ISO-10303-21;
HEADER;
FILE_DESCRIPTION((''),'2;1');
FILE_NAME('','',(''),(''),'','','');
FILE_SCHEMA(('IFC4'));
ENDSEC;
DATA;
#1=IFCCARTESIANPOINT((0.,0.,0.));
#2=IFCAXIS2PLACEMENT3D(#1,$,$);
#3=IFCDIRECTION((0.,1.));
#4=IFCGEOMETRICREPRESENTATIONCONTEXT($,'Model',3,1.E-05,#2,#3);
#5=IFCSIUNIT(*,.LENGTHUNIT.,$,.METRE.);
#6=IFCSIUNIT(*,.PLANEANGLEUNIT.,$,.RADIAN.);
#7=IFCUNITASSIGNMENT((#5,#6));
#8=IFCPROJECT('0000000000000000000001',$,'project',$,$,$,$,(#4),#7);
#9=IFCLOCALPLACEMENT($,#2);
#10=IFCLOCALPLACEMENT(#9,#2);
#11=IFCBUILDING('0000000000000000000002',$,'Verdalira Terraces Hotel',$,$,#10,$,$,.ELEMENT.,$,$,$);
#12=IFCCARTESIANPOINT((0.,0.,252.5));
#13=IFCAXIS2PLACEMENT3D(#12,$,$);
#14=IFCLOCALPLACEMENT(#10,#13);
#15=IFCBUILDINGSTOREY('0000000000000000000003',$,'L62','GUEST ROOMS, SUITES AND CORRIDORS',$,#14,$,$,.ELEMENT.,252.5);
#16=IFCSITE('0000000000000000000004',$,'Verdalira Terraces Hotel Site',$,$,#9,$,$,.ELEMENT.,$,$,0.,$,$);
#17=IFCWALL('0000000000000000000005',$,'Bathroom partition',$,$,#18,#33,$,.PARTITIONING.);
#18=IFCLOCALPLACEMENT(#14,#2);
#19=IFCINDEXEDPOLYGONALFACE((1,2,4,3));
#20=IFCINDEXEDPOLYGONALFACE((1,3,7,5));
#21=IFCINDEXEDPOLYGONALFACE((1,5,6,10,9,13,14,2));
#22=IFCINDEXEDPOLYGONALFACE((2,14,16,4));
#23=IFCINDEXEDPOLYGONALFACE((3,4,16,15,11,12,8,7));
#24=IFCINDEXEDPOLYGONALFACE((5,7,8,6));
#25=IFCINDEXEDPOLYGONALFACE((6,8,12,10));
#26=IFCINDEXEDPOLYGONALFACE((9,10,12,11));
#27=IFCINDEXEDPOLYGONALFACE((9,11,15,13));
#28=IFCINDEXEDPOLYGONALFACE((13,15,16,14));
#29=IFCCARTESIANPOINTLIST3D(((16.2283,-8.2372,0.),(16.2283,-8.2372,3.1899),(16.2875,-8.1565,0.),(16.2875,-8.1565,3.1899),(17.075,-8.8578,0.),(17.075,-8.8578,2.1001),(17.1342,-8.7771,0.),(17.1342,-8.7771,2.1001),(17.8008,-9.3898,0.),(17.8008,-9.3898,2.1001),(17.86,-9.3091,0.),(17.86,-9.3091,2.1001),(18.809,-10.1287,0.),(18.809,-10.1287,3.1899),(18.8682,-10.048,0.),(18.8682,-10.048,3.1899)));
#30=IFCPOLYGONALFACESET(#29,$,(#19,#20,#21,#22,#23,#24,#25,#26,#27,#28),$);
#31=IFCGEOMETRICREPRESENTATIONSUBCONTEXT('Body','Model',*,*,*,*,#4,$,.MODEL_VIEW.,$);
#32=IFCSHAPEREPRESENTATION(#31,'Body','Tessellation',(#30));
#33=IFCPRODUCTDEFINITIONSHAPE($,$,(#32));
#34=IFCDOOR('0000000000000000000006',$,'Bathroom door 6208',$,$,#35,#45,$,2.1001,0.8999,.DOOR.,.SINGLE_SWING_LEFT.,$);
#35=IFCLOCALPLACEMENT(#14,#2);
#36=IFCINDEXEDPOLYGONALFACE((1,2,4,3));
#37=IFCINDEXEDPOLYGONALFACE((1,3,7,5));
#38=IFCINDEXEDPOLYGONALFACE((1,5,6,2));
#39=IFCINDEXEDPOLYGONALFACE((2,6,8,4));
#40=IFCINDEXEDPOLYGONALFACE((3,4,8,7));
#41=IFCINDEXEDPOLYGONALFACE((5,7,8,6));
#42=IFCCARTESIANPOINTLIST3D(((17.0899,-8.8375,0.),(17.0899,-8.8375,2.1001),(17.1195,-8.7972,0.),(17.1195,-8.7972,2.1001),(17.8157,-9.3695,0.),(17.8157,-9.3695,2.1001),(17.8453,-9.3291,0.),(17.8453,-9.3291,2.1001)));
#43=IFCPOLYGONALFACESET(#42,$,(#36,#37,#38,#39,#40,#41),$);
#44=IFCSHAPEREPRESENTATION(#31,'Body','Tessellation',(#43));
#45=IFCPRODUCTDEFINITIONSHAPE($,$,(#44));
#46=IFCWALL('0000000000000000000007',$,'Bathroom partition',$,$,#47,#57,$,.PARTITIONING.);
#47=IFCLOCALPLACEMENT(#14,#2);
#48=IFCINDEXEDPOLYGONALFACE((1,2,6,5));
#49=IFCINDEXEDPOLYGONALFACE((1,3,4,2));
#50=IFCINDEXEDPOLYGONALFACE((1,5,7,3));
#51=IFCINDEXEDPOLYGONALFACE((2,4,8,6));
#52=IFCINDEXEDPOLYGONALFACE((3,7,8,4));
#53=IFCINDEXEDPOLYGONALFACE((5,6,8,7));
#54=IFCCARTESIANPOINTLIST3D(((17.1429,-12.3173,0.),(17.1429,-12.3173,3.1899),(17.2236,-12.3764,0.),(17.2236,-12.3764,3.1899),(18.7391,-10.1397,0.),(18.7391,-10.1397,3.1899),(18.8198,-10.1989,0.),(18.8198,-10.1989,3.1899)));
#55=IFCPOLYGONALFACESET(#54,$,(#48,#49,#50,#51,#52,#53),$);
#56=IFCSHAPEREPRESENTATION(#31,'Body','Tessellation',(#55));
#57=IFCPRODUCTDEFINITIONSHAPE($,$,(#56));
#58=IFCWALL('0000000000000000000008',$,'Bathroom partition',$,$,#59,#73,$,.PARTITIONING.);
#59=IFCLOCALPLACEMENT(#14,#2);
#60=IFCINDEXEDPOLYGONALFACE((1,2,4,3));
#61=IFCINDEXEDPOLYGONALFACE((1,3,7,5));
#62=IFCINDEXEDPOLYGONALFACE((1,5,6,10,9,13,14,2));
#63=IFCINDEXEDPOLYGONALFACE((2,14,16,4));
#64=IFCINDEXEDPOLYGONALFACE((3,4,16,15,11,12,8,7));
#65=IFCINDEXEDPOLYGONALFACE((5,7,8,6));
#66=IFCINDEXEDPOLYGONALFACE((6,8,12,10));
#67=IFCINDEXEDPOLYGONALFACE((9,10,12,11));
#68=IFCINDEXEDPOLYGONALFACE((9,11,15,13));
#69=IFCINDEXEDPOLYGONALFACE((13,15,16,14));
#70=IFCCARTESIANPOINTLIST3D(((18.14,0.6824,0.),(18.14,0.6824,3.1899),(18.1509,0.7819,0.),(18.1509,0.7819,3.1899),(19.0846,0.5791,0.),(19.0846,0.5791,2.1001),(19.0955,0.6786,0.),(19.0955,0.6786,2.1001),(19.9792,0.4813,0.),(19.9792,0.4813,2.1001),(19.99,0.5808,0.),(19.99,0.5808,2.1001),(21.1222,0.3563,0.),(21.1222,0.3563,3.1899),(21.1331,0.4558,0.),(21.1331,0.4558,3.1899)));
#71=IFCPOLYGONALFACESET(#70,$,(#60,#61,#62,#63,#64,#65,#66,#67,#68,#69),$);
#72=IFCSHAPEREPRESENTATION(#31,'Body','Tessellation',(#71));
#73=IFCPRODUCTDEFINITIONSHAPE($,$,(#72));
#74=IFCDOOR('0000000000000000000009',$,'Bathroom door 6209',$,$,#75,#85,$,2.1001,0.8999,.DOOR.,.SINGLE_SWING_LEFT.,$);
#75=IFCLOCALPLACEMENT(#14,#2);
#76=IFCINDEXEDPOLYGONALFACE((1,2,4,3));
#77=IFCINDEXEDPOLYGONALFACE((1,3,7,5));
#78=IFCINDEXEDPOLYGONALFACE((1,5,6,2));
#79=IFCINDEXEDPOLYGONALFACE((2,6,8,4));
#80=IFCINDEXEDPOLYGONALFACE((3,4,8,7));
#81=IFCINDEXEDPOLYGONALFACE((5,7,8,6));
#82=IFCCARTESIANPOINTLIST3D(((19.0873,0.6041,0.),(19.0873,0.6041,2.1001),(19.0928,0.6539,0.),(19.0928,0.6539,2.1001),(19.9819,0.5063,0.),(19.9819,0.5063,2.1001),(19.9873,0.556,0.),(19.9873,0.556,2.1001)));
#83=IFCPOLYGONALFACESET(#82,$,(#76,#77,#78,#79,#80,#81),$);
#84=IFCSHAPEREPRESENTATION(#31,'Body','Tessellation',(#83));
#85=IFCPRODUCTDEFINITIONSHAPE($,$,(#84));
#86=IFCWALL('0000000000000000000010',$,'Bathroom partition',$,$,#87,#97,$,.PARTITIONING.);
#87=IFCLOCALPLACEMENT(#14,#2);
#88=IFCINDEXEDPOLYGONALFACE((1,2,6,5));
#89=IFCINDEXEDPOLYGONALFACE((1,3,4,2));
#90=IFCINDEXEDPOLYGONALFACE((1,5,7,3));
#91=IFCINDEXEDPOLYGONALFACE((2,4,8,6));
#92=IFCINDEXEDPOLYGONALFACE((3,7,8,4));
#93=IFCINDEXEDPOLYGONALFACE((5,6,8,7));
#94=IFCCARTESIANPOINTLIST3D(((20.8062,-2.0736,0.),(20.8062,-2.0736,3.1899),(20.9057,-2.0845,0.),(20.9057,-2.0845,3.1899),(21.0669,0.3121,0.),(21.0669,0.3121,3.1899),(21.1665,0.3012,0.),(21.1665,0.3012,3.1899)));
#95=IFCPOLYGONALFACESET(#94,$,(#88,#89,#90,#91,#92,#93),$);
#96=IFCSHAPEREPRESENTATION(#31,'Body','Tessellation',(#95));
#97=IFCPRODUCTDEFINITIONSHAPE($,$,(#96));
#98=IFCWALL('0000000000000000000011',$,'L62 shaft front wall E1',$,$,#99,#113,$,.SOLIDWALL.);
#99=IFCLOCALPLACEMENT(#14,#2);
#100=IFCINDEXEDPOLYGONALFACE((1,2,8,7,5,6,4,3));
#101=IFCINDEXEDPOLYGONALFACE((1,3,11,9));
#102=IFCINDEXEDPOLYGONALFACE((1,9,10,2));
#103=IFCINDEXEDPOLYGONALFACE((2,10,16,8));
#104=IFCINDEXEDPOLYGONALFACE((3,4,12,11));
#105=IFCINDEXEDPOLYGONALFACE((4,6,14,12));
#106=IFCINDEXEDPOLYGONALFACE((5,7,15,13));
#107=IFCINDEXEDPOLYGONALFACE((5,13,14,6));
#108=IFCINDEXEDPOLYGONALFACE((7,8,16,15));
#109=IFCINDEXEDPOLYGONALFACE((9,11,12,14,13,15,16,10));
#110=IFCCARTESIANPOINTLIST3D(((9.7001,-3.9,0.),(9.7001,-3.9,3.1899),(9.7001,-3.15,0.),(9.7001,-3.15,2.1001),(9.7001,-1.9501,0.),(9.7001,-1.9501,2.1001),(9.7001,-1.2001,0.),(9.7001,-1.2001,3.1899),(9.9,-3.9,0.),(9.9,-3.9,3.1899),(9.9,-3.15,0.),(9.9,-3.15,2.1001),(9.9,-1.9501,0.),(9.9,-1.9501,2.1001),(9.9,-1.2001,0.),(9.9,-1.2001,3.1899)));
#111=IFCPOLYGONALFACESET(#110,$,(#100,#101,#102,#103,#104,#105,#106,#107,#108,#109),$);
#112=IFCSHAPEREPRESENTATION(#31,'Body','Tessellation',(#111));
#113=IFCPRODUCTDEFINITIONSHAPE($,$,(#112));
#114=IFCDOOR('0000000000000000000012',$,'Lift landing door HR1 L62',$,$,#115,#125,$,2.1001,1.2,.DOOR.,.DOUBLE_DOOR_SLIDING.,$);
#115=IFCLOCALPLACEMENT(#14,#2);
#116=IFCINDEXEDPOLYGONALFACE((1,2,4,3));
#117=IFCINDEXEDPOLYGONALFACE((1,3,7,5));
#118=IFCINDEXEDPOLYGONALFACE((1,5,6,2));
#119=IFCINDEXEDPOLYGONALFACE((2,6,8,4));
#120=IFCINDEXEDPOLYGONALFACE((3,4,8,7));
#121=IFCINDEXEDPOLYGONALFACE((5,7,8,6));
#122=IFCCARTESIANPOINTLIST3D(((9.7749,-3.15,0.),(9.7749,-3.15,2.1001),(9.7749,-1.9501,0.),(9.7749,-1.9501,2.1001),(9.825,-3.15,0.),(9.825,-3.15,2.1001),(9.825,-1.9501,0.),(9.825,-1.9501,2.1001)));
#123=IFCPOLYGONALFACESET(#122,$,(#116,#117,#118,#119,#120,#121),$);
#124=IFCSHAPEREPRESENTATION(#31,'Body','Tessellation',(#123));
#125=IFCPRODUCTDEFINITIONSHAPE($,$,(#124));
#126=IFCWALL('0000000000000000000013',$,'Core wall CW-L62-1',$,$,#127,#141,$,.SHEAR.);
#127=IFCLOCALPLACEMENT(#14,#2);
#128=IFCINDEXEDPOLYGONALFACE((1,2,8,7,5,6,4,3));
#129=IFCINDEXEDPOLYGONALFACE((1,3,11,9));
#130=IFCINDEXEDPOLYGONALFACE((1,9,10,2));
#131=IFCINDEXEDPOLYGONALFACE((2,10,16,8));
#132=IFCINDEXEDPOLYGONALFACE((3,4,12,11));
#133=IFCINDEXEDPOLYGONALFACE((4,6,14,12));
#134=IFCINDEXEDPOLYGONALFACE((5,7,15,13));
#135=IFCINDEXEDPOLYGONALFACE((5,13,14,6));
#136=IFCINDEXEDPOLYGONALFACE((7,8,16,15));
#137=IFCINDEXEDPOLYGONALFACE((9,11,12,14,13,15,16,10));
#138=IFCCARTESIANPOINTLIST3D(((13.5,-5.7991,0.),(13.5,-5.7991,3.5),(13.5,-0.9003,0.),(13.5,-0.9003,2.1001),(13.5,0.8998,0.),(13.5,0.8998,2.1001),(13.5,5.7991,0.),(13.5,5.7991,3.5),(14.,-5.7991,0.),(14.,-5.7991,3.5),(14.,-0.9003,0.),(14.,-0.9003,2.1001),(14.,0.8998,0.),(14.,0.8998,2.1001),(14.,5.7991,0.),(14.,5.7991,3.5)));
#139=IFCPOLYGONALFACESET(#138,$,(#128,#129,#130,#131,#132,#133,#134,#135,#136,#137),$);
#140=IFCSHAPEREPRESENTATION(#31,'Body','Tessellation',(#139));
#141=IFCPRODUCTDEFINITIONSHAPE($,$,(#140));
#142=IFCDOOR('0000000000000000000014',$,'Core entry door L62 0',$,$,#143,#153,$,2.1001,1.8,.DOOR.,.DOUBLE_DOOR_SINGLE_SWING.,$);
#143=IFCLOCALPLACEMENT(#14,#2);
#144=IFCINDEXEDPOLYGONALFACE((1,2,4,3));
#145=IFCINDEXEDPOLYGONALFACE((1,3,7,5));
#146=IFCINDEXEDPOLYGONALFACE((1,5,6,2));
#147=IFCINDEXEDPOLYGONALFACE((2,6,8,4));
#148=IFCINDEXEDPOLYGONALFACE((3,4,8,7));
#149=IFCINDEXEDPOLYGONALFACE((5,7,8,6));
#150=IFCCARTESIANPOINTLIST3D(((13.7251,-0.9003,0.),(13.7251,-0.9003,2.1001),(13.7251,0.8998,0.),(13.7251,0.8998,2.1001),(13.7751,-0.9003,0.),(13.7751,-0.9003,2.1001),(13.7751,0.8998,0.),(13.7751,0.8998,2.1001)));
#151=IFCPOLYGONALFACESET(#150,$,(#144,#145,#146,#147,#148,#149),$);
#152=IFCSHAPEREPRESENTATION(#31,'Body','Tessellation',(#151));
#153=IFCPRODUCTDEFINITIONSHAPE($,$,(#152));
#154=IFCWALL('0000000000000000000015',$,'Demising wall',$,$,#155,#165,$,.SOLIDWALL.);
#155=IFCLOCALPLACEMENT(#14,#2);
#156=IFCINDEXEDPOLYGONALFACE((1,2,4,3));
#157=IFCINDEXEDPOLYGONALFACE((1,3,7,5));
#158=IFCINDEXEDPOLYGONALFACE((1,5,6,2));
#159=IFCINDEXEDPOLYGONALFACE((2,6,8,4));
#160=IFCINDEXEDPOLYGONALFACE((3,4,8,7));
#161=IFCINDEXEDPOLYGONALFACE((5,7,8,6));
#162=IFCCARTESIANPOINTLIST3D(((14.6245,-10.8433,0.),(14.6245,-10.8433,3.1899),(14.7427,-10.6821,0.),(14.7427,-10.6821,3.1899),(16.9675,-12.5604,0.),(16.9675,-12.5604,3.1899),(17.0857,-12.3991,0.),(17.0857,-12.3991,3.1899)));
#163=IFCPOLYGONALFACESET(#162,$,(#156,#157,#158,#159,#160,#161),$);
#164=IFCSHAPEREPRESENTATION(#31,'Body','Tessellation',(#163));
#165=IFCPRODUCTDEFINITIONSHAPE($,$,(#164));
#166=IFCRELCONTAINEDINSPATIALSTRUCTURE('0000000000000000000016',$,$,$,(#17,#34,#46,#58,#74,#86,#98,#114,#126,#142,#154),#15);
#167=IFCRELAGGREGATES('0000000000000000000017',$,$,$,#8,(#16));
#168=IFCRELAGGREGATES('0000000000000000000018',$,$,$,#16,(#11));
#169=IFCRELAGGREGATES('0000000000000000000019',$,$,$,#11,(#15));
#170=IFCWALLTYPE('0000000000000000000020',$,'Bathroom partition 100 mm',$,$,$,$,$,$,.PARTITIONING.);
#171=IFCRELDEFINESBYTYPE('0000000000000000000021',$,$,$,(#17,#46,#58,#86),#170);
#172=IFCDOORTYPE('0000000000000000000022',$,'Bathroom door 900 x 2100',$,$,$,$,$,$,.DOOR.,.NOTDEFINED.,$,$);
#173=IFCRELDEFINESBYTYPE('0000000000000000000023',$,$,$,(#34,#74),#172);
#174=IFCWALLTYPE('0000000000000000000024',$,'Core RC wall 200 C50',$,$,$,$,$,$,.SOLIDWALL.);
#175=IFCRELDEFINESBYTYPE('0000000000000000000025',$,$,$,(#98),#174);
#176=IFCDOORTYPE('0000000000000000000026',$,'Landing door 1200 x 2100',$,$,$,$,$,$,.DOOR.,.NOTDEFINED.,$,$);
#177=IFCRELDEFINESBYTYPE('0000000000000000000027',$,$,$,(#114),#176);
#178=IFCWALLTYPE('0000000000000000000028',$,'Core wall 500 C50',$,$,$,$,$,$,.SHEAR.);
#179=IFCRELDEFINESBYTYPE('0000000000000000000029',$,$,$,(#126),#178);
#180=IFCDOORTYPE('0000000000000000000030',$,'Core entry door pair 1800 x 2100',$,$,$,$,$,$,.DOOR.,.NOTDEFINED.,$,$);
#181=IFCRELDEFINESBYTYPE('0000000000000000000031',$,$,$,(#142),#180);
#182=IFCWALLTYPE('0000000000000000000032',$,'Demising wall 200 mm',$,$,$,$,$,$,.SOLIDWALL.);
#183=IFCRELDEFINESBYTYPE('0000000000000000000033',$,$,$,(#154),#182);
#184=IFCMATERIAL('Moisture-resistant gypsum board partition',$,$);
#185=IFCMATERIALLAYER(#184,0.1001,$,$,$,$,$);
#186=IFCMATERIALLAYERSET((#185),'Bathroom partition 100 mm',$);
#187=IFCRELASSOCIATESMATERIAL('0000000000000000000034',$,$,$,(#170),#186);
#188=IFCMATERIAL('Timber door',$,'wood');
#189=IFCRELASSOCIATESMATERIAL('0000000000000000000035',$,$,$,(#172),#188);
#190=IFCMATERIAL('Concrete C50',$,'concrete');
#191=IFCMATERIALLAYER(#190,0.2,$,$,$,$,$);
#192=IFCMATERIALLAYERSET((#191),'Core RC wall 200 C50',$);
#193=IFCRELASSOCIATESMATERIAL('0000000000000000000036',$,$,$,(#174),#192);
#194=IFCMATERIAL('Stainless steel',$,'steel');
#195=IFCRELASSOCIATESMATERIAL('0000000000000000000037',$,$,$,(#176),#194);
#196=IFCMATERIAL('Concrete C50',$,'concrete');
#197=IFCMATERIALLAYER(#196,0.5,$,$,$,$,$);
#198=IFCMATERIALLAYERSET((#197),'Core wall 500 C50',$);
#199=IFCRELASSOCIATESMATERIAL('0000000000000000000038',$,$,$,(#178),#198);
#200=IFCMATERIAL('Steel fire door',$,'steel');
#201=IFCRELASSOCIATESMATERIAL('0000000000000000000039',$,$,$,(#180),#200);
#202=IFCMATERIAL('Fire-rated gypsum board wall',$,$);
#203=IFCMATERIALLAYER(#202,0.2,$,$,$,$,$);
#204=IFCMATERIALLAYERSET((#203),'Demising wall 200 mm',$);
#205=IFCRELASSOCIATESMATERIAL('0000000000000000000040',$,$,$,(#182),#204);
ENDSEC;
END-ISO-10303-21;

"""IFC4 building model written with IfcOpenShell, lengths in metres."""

from ifc_helpers import new_model, si_unit, direction, frame, frame_2d, origin, place, context, subcontext, project, spatial, rectangle, extrude, material, layer, layer_set, type_object, element, fill, save


model = new_model("IFC4")

# Units and contexts
model_context = context("Model", 3, precision=1e-05, world=origin(), true_north=direction((0.0, 1.0)))
body_context = subcontext(model_context, "Body", "Model", "MODEL_VIEW")
ifc_project = project(units=[si_unit("LENGTHUNIT", "METRE"), si_unit("PLANEANGLEUNIT", "RADIAN")], contexts=[model_context])

# Site, building, storey
site_placement = place(None, origin())
site = spatial("IfcSite", under=ifc_project, at=site_placement, Name="Verdalira Terraces Hotel Site", CompositionType="ELEMENT", RefElevation=0.0)
building_placement = place(site_placement, origin())
building = spatial("IfcBuilding", under=site, at=building_placement, Name="Verdalira Terraces Hotel", CompositionType="ELEMENT")
storey_placement = place(building_placement, frame((0.0, 0.0, 252.5)))
storey = spatial("IfcBuildingStorey", under=building, at=storey_placement, Name="L62", Description="GUEST ROOMS, SUITES AND CORRIDORS", CompositionType="ELEMENT", Elevation=252.5)

# Wall, opening, door
ifc_material_1 = material(Name="Moisture-resistant gypsum board partition")
ifc_layer_1 = layer(ifc_material_1, 0.1001)
ifc_layer_set_1 = layer_set([ifc_layer_1], Name="Bathroom partition 100 mm")
wall_type_1 = type_object("IfcWallType", Name="Bathroom partition 100 mm", PredefinedType="PARTITIONING", material=ifc_layer_set_1)
wall_1_placement = place(storey_placement, frame((18.8386, -10.0884, 0.0), z_axis=(0.0, 0.0, 1.0), x_axis=(-0.806553, 0.591162, 0.0)))
wall_1 = element("IfcWall", 1, at=wall_1_placement, inside=storey, type_object=wall_type_1, Name="Bathroom partition", PredefinedType="PARTITIONING", context=body_context, shape_type="SweptSolid", body=[
    extrude(rectangle(XDim=3.1997, YDim=0.1001, at=frame_2d((1.5999, 0.0))), origin(), (0.0, 0.0, 1.0), 3.1899),
])
opening_1_placement = place(wall_1_placement, frame((1.25, 0.0, 0.0)))
opening_1 = element("IfcOpeningElement", 2, at=opening_1_placement, cuts=wall_1, PredefinedType="OPENING", context=body_context, shape_type="SweptSolid", body=[
    extrude(rectangle(XDim=0.8999, YDim=2.1001, at=frame_2d((0.45, 1.05))), frame((0.0, 0.0601, 0.0), z_axis=(0.0, -1.0, 0.0), x_axis=(1.0, 0.0, 0.0)), (0.0, 0.0, 1.0), 0.1201),
])
ifc_material_2 = material(Name="Timber door", Category="wood")
door_type_1 = type_object("IfcDoorType", Name="Bathroom door 900 x 2100", OperationType="NOTDEFINED", PredefinedType="DOOR", material=ifc_material_2)
door_1_placement = place(opening_1_placement, origin())
door_1 = element("IfcDoor", 3, at=door_1_placement, inside=storey, type_object=door_type_1, Name="Bathroom door 6208", OperationType="SINGLE_SWING_LEFT", OverallHeight=2.1001, OverallWidth=0.8999, PredefinedType="DOOR", context=body_context, shape_type="SweptSolid", body=[
    extrude(rectangle(XDim=0.8999, YDim=2.1001, at=frame_2d((0.45, 1.05))), frame((0.0, 0.0249, 0.0), z_axis=(0.0, -1.0, 0.0), x_axis=(1.0, 0.0, 0.0)), (0.0, 0.0, 1.0), 0.05),
])
fill(opening_1, door_1)

# Wall
wall_2_placement = place(storey_placement, frame((18.7795, -10.1692, 0.0), z_axis=(0.0, 0.0, 1.0), x_axis=(-0.591211, -0.806517, 0.0)))
element("IfcWall", 4, at=wall_2_placement, inside=storey, type_object=wall_type_1, Name="Bathroom partition", PredefinedType="PARTITIONING", context=body_context, shape_type="SweptSolid", body=[
    extrude(rectangle(XDim=2.7, YDim=0.1001, at=frame_2d((1.3501, 0.0))), origin(), (0.0, 0.0, 1.0), 3.1899),
])

# Wall, opening, door
wall_3_placement = place(storey_placement, frame((21.1277, 0.406, 0.0), z_axis=(0.0, 0.0, 1.0), x_axis=(-0.994072, 0.108725, 0.0)))
wall_3 = element("IfcWall", 5, at=wall_3_placement, inside=storey, type_object=wall_type_1, Name="Bathroom partition", PredefinedType="PARTITIONING", context=body_context, shape_type="SweptSolid", body=[
    extrude(rectangle(XDim=3.0, YDim=0.1001, at=frame_2d((1.5, 0.0))), origin(), (0.0, 0.0, 1.0), 3.1899),
])
opening_2_placement = place(wall_3_placement, frame((1.1499, 0.0, 0.0)))
opening_2 = element("IfcOpeningElement", 6, at=opening_2_placement, cuts=wall_3, PredefinedType="OPENING", context=body_context, shape_type="SweptSolid", body=[
    extrude(rectangle(XDim=0.8999, YDim=2.1001, at=frame_2d((0.45, 1.05))), frame((0.0, 0.0601, 0.0), z_axis=(0.0, -1.0, 0.0), x_axis=(1.0, 0.0, 0.0)), (0.0, 0.0, 1.0), 0.1201),
])
door_2_placement = place(opening_2_placement, origin())
door_2 = element("IfcDoor", 7, at=door_2_placement, inside=storey, type_object=door_type_1, Name="Bathroom door 6209", OperationType="SINGLE_SWING_LEFT", OverallHeight=2.1001, OverallWidth=0.8999, PredefinedType="DOOR", context=body_context, shape_type="SweptSolid", body=[
    extrude(rectangle(XDim=0.8999, YDim=2.1001, at=frame_2d((0.45, 1.05))), frame((0.0, 0.0249, 0.0), z_axis=(0.0, -1.0, 0.0), x_axis=(1.0, 0.0, 0.0)), (0.0, 0.0, 1.0), 0.05),
])
fill(opening_2, door_2)

# Wall
wall_4_placement = place(storey_placement, frame((21.1167, 0.3066, 0.0), z_axis=(0.0, 0.0, 1.0), x_axis=(-0.108645, -0.994081, 0.0)))
element("IfcWall", 8, at=wall_4_placement, inside=storey, type_object=wall_type_1, Name="Bathroom partition", PredefinedType="PARTITIONING", context=body_context, shape_type="SweptSolid", body=[
    extrude(rectangle(XDim=2.3999, YDim=0.1001, at=frame_2d((1.2, 0.0))), origin(), (0.0, 0.0, 1.0), 3.1899),
])

# Walls, openings, doors
ifc_material_3 = material(Name="Concrete C50", Category="concrete")
ifc_layer_2 = layer(ifc_material_3, 0.2)
ifc_layer_set_2 = layer_set([ifc_layer_2], Name="Core RC wall 200 C50")
wall_type_2 = type_object("IfcWallType", Name="Core RC wall 200 C50", PredefinedType="SOLIDWALL", material=ifc_layer_set_2)
wall_5_placement = place(storey_placement, frame((9.8, -1.2, 0.0), z_axis=(0.0, 0.0, 1.0), x_axis=(0.0, -1.0, 0.0)))
wall_5 = element("IfcWall", 9, at=wall_5_placement, inside=storey, type_object=wall_type_2, Name="L62 shaft front wall E1", PredefinedType="SOLIDWALL", context=body_context, shape_type="SweptSolid", body=[
    extrude(rectangle(XDim=2.7, YDim=0.2, at=frame_2d((1.3501, 0.0))), origin(), (0.0, 0.0, 1.0), 3.1899),
])
opening_3_placement = place(wall_5_placement, frame((0.75, 0.0, 0.0)))
opening_3 = element("IfcOpeningElement", 10, at=opening_3_placement, cuts=wall_5, PredefinedType="OPENING", context=body_context, shape_type="SweptSolid", body=[
    extrude(rectangle(XDim=1.2, YDim=2.1001, at=frame_2d((0.6001, 1.05))), frame((0.0, 0.1099, 0.0), z_axis=(0.0, -1.0, 0.0), x_axis=(1.0, 0.0, 0.0)), (0.0, 0.0, 1.0), 0.22),
])
ifc_material_4 = material(Name="Stainless steel", Category="steel")
door_type_2 = type_object("IfcDoorType", Name="Landing door 1200 x 2100", OperationType="NOTDEFINED", PredefinedType="DOOR", material=ifc_material_4)
door_3_placement = place(opening_3_placement, origin())
door_3 = element("IfcDoor", 11, at=door_3_placement, inside=storey, type_object=door_type_2, Name="Lift landing door HR1 L62", OperationType="DOUBLE_DOOR_SLIDING", OverallHeight=2.1001, OverallWidth=1.2, PredefinedType="DOOR", context=body_context, shape_type="SweptSolid", body=[
    extrude(rectangle(XDim=1.2, YDim=2.1001, at=frame_2d((0.6001, 1.05))), frame((0.0, 0.0249, 0.0), z_axis=(0.0, -1.0, 0.0), x_axis=(1.0, 0.0, 0.0)), (0.0, 0.0, 1.0), 0.05),
])
fill(opening_3, door_3)
ifc_material_5 = material(Name="Concrete C50", Category="concrete")
ifc_layer_3 = layer(ifc_material_5, 0.5)
ifc_layer_set_3 = layer_set([ifc_layer_3], Name="Core wall 500 C50")
wall_type_3 = type_object("IfcWallType", Name="Core wall 500 C50", PredefinedType="SHEAR", material=ifc_layer_set_3)
wall_6_placement = place(storey_placement, frame((13.75, -5.7991, 0.0), z_axis=(0.0, 0.0, 1.0), x_axis=(0.0, 1.0, 0.0)))
wall_6 = element("IfcWall", 12, at=wall_6_placement, inside=storey, type_object=wall_type_3, Name="Core wall CW-L62-1", PredefinedType="SHEAR", context=body_context, shape_type="SweptSolid", body=[
    extrude(rectangle(XDim=11.5981, YDim=0.5, at=frame_2d((5.7991, 0.0))), origin(), (0.0, 0.0, 1.0), 3.5),
])
opening_4_placement = place(wall_6_placement, frame((4.8989, 0.0, 0.0)))
opening_4 = element("IfcOpeningElement", 13, at=opening_4_placement, cuts=wall_6, PredefinedType="OPENING", context=body_context, shape_type="SweptSolid", body=[
    extrude(rectangle(XDim=1.8, YDim=2.1001, at=frame_2d((0.8999, 1.05))), frame((0.0, 0.26, 0.0), z_axis=(0.0, -1.0, 0.0), x_axis=(1.0, 0.0, 0.0)), (0.0, 0.0, 1.0), 0.52),
])
ifc_material_6 = material(Name="Steel fire door", Category="steel")
door_type_3 = type_object("IfcDoorType", Name="Core entry door pair 1800 x 2100", OperationType="NOTDEFINED", PredefinedType="DOOR", material=ifc_material_6)
door_4_placement = place(opening_4_placement, origin())
door_4 = element("IfcDoor", 14, at=door_4_placement, inside=storey, type_object=door_type_3, Name="Core entry door L62 0", OperationType="DOUBLE_DOOR_SINGLE_SWING", OverallHeight=2.1001, OverallWidth=1.8, PredefinedType="DOOR", context=body_context, shape_type="SweptSolid", body=[
    extrude(rectangle(XDim=1.8, YDim=2.1001, at=frame_2d((0.8999, 1.05))), frame((0.0, 0.0249, 0.0), z_axis=(0.0, -1.0, 0.0), x_axis=(1.0, 0.0, 0.0)), (0.0, 0.0, 1.0), 0.05),
])
fill(opening_4, door_4)

# Wall
ifc_material_7 = material(Name="Fire-rated gypsum board wall")
ifc_layer_4 = layer(ifc_material_7, 0.2)
ifc_layer_set_4 = layer_set([ifc_layer_4], Name="Demising wall 200 mm")
wall_type_4 = type_object("IfcWallType", Name="Demising wall 200 mm", PredefinedType="SOLIDWALL", material=ifc_layer_set_4)
wall_7_placement = place(storey_placement, frame((14.6836, -10.7627, 0.0), z_axis=(0.0, 0.0, 1.0), x_axis=(0.806597, -0.591101, 0.0)))
element("IfcWall", 15, at=wall_7_placement, inside=storey, type_object=wall_type_4, Name="Demising wall", PredefinedType="SOLIDWALL", context=body_context, shape_type="SweptSolid", body=[
    extrude(rectangle(XDim=2.9048, YDim=0.2, at=frame_2d((1.4524, 0.0))), origin(), (0.0, 0.0, 1.0), 3.1899),
])

save(model, "model.ifc")
